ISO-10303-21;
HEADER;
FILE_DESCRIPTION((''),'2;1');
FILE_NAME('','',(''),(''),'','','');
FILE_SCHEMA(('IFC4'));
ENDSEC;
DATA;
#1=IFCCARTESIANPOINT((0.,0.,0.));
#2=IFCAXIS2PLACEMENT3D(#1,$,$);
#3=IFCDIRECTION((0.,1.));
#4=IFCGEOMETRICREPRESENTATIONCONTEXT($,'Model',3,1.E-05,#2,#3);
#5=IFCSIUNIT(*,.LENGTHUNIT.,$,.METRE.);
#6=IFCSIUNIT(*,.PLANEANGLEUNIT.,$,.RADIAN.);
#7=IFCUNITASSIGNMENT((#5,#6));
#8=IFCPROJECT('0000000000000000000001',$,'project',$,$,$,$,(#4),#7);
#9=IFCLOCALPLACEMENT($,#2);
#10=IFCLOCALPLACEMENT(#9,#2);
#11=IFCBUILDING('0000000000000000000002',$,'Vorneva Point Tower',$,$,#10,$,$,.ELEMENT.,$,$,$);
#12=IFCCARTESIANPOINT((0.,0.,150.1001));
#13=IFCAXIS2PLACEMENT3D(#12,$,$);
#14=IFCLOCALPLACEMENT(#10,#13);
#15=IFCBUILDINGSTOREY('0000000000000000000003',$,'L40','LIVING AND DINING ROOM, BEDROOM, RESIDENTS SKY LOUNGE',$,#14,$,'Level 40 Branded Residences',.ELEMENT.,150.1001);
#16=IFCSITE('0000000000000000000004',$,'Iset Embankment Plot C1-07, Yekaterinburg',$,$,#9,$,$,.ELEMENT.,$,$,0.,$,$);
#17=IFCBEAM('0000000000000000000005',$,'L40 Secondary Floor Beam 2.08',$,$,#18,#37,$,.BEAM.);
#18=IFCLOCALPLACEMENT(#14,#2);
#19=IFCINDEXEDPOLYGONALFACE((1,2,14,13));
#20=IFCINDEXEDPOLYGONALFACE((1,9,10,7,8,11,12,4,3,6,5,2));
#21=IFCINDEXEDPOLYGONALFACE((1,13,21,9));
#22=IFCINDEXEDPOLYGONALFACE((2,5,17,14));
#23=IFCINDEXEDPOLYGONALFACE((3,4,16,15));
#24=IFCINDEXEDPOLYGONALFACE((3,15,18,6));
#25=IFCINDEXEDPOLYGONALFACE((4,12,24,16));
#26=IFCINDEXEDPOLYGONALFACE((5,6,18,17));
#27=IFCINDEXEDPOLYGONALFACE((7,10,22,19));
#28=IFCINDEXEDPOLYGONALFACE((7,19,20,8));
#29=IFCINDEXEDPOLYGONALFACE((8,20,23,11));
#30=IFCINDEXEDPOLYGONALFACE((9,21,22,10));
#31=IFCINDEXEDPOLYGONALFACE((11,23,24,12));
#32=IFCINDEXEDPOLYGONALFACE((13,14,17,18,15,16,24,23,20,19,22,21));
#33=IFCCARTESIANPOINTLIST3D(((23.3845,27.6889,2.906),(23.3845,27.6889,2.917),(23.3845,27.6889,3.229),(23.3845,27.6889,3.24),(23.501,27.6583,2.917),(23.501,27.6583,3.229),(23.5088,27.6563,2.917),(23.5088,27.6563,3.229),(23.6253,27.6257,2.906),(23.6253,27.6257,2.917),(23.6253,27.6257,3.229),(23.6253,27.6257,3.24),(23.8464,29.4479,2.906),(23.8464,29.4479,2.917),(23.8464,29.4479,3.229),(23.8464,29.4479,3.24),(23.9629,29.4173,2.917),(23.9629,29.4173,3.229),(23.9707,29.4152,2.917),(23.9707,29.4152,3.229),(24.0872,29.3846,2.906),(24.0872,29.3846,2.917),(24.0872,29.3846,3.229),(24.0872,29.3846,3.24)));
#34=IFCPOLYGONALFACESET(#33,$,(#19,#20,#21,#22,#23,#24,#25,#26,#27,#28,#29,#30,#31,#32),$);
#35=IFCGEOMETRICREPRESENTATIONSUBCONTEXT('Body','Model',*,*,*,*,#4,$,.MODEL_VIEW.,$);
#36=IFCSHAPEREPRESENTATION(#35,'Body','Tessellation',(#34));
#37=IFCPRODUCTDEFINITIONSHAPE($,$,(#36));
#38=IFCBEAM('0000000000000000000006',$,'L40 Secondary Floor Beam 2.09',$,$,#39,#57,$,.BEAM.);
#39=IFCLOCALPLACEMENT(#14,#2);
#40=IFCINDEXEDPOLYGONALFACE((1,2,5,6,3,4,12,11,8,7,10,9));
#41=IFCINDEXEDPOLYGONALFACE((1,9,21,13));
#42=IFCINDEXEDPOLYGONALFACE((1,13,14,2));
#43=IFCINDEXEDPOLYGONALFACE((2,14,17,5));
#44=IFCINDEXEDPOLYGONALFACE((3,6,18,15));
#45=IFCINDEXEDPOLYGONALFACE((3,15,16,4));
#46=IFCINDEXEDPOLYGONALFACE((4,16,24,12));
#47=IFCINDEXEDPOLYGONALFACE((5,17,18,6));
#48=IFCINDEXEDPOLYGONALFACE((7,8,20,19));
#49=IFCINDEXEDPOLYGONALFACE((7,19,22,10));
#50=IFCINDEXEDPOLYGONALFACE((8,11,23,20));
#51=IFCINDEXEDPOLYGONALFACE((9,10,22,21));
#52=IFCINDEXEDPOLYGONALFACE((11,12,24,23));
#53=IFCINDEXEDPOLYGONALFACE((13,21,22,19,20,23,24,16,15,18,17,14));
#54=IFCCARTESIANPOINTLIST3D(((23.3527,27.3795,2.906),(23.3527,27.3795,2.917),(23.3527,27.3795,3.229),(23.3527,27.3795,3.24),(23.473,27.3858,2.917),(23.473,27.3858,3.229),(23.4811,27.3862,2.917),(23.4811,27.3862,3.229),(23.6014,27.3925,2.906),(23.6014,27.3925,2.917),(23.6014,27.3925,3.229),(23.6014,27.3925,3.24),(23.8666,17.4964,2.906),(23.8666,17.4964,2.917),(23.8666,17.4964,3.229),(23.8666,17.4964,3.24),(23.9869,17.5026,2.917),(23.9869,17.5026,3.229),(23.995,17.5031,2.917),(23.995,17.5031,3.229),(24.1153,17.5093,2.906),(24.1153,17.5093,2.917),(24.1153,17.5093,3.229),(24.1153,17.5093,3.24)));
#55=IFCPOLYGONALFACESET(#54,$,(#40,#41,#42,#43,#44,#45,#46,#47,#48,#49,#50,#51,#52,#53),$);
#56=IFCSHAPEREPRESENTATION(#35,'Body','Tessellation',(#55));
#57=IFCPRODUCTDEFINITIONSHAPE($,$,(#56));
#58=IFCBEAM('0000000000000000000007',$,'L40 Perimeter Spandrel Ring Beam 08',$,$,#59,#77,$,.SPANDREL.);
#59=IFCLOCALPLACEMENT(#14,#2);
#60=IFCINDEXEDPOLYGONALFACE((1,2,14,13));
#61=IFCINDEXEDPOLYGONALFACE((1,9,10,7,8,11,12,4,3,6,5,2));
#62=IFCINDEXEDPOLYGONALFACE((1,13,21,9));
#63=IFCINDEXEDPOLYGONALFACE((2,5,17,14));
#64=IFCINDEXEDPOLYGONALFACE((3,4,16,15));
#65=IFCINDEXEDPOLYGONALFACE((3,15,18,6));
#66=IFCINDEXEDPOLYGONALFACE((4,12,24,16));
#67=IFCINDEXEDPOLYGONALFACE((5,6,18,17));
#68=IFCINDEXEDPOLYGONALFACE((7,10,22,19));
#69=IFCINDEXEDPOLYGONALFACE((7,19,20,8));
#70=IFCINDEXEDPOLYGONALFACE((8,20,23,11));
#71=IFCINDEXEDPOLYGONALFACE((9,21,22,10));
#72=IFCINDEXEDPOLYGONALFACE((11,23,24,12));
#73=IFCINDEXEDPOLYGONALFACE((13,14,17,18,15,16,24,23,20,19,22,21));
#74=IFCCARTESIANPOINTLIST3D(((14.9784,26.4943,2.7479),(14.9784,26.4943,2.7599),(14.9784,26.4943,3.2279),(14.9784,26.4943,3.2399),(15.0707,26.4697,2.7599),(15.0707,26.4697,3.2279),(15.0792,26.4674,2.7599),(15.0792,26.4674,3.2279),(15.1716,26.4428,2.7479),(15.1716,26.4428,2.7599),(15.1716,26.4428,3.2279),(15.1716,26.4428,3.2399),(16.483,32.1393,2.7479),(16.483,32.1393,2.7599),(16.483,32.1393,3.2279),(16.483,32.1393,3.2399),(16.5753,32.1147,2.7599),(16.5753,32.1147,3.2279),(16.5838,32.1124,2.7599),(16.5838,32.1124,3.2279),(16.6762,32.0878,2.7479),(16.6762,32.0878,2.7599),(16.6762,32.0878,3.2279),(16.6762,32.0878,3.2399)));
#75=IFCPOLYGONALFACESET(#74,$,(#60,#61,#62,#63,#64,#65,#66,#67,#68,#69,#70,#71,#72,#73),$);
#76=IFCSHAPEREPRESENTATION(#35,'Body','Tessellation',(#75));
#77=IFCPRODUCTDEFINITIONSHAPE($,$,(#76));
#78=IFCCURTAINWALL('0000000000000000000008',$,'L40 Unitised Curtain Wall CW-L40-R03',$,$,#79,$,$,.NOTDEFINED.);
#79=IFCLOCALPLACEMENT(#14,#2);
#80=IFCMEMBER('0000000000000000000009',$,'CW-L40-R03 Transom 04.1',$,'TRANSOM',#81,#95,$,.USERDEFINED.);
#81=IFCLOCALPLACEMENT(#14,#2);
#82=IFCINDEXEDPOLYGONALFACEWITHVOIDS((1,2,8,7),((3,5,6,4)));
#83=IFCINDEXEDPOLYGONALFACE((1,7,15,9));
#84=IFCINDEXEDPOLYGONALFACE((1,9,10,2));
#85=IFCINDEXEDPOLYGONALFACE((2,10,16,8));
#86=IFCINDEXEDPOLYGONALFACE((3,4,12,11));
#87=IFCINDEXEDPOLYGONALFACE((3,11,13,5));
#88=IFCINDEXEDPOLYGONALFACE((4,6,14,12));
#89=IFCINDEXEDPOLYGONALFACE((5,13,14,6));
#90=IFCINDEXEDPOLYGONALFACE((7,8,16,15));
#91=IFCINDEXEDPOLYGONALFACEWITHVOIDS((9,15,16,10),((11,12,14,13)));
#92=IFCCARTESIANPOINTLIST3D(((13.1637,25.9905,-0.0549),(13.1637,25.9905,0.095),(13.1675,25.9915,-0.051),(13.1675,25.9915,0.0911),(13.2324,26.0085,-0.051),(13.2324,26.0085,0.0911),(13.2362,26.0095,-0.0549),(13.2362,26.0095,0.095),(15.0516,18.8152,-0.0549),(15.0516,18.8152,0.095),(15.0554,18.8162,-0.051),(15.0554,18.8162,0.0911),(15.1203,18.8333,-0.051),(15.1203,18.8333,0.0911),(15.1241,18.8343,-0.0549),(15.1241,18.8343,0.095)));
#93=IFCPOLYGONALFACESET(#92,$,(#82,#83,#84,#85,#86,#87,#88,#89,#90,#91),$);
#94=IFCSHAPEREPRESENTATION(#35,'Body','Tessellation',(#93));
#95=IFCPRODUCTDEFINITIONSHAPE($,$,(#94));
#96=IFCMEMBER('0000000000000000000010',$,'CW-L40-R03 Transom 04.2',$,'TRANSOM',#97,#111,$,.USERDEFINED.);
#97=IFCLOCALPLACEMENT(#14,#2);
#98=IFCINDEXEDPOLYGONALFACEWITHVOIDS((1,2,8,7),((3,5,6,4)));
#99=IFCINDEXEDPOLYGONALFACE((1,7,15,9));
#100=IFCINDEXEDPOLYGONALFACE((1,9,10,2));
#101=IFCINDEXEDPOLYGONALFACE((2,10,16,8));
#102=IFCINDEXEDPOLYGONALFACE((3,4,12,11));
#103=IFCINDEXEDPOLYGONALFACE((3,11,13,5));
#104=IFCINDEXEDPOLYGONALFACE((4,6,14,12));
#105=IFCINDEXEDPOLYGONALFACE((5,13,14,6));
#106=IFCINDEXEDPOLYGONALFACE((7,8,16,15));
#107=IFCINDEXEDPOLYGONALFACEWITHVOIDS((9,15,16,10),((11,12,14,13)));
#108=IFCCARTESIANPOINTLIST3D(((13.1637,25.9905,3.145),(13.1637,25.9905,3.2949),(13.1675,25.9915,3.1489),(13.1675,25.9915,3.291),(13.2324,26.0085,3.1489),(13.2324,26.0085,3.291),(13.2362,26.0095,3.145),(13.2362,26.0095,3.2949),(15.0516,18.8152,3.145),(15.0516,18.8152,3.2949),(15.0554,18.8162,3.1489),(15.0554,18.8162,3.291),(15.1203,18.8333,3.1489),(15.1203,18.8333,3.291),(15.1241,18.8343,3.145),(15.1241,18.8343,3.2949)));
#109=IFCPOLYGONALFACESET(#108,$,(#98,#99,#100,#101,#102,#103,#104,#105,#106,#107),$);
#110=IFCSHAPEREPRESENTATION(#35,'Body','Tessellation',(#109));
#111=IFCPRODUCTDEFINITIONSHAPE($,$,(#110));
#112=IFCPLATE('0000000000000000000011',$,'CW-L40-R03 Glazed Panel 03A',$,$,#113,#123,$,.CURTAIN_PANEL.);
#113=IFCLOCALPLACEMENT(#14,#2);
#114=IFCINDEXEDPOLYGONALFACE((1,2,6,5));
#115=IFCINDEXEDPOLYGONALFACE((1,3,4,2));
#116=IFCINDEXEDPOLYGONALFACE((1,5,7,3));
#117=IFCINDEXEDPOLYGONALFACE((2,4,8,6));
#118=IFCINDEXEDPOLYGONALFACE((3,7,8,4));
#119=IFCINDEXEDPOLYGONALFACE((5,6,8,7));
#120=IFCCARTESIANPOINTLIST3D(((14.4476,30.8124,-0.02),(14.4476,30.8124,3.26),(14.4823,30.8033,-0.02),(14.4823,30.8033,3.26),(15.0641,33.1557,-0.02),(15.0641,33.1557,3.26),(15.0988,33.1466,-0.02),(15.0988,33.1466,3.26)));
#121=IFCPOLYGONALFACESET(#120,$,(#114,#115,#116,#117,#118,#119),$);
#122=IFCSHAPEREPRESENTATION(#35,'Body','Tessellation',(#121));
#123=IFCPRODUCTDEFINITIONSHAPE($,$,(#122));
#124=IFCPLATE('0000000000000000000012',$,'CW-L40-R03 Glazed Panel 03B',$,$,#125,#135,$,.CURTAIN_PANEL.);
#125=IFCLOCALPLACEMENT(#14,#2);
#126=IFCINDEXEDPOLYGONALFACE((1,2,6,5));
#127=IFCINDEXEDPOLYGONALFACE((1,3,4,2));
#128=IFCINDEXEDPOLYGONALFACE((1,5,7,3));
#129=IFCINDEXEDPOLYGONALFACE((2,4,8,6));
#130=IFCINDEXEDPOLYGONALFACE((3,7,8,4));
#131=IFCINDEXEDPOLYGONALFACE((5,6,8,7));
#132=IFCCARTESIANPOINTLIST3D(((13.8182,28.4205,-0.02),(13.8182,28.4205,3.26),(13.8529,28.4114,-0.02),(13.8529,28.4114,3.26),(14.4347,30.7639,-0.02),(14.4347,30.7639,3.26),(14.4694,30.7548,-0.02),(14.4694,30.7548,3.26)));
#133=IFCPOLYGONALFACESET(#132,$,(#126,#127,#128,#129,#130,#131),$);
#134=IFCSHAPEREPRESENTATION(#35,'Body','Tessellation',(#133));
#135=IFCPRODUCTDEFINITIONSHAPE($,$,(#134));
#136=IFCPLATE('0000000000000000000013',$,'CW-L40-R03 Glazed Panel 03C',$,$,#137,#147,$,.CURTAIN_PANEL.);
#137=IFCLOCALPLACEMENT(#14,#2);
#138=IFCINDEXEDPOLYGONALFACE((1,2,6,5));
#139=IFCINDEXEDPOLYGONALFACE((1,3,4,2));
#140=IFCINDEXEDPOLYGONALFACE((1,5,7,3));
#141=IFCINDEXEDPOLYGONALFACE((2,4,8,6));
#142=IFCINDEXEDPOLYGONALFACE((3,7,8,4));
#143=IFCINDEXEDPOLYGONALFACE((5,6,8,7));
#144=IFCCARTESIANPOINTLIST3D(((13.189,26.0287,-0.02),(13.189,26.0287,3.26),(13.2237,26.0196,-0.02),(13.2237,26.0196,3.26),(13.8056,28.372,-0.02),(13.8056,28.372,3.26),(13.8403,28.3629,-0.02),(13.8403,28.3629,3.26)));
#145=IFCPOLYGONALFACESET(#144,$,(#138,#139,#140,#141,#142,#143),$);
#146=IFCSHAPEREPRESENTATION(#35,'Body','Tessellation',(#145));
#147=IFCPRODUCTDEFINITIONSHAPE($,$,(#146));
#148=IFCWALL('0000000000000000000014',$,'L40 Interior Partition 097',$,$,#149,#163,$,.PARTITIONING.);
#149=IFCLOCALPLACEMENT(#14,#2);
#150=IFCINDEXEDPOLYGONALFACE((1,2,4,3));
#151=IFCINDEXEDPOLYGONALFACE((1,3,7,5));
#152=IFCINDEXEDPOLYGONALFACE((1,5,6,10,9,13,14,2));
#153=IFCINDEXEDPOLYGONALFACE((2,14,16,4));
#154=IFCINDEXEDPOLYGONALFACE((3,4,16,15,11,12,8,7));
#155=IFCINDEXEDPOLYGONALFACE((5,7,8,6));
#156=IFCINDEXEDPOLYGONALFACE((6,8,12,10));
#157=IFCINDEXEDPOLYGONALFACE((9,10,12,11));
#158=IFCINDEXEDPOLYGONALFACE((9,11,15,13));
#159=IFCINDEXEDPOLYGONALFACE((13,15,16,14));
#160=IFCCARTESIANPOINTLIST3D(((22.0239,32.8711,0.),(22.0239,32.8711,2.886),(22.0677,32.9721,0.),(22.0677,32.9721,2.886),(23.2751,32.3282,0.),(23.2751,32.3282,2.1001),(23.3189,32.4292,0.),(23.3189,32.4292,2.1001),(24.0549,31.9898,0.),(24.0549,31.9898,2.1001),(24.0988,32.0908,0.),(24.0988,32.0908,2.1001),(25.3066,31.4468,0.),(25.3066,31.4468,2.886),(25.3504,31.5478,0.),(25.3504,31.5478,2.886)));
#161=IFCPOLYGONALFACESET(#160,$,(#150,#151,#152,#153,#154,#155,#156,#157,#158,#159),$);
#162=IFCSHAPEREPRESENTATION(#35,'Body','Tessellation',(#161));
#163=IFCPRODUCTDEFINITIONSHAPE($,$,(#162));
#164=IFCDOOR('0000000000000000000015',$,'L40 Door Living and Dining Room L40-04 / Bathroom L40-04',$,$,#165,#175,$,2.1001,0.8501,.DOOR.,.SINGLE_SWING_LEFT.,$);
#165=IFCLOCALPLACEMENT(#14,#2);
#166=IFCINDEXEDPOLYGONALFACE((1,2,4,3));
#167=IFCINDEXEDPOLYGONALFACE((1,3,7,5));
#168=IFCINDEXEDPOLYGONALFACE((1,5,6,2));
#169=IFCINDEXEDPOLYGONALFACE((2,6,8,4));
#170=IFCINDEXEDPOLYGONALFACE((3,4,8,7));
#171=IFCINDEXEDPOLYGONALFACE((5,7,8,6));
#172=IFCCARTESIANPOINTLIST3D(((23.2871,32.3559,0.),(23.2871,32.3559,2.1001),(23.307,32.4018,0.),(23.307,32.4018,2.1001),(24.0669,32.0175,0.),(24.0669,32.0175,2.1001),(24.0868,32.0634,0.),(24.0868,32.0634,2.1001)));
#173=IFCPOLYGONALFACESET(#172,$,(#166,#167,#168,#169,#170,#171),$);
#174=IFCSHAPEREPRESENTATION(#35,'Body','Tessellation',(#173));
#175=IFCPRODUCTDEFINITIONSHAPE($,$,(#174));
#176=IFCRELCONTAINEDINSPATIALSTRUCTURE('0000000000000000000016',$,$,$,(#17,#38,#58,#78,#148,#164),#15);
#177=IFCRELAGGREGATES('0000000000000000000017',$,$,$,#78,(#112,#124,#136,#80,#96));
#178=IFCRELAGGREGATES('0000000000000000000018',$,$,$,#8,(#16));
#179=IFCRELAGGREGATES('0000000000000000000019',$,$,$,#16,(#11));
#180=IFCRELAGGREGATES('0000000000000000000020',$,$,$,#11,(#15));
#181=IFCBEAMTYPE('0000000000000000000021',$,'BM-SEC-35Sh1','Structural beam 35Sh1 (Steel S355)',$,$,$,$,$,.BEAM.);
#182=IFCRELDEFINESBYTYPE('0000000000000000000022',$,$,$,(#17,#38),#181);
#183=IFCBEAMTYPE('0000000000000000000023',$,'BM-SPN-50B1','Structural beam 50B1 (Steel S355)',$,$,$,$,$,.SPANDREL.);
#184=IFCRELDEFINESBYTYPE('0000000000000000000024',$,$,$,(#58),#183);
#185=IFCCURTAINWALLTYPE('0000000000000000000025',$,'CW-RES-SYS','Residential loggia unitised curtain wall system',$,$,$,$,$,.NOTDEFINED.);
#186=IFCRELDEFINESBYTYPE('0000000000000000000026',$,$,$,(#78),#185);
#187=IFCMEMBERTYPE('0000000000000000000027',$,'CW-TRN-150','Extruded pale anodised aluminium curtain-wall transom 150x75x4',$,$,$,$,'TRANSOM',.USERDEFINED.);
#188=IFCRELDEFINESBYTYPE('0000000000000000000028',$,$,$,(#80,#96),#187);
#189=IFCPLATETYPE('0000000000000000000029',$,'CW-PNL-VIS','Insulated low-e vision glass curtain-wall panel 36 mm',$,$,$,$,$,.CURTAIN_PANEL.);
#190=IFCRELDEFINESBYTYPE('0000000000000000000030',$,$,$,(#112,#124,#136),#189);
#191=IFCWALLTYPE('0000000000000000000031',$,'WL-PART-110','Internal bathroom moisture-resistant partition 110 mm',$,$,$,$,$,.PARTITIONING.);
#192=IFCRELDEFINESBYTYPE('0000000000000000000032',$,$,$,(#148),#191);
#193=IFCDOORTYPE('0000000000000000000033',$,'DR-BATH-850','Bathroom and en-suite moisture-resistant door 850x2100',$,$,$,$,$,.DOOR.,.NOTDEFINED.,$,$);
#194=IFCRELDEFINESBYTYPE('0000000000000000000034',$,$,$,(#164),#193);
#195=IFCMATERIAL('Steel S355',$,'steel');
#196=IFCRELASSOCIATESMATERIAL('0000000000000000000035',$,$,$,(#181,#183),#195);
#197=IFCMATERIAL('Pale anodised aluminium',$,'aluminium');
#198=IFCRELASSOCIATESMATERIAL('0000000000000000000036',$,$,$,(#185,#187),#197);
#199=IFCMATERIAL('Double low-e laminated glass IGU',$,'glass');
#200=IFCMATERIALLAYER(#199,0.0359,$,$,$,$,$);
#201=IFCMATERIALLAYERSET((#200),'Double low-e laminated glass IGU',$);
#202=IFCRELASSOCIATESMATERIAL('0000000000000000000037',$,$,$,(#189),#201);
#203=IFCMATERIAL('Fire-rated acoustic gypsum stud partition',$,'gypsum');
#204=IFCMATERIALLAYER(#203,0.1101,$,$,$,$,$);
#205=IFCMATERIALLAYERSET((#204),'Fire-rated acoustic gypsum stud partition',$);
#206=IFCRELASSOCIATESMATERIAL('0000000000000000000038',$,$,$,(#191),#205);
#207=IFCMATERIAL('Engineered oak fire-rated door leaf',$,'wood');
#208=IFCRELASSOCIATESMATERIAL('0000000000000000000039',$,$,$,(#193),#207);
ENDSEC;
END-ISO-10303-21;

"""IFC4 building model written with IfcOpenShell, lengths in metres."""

from ifc_helpers import new_model, si_unit, direction, frame, frame_2d, origin, origin_2d, place, context, subcontext, project, spatial, rectangle, hollow_rectangle, i_section, extrude, material, layer, layer_set, material_profile, profile_set, type_object, element, fill, aggregate, save


model = new_model("IFC4")

# Units and contexts
model_context = context("Model", 3, precision=1e-05, world=origin(), true_north=direction((0.0, 1.0)))
body_context = subcontext(model_context, "Body", "Model", "MODEL_VIEW")
ifc_project = project(units=[si_unit("LENGTHUNIT", "METRE"), si_unit("PLANEANGLEUNIT", "RADIAN")], contexts=[model_context])

# Site, building, storey
site_placement = place(None, origin())
site = spatial("IfcSite", under=ifc_project, at=site_placement, Name="Iset Embankment Plot C1-07, Yekaterinburg", CompositionType="ELEMENT", RefElevation=0.0)
building_placement = place(site_placement, origin())
building = spatial("IfcBuilding", under=site, at=building_placement, Name="Vorneva Point Tower", CompositionType="ELEMENT")
storey_placement = place(building_placement, frame((0.0, 0.0, 150.1001)))
storey = spatial("IfcBuildingStorey", under=building, at=storey_placement, Name="L40", Description="LIVING AND DINING ROOM, BEDROOM, RESIDENTS SKY LOUNGE", LongName="Level 40 Branded Residences", CompositionType="ELEMENT", Elevation=150.1001)

# Beams
ifc_material_1 = material(Name="Steel S355", Category="steel")
ifc_material_profile_1 = material_profile(ifc_material_1, i_section(OverallWidth=0.249, OverallDepth=0.334, WebThickness=0.0081, FlangeThickness=0.011, at=origin_2d()), Name="35Sh1")
ifc_profile_set_1 = profile_set([ifc_material_profile_1], Name="Steel S355")
beam_type_1 = type_object("IfcBeamType", Name="BM-SEC-35Sh1", Description="Structural beam 35Sh1 (Steel S355)", PredefinedType="BEAM", material=ifc_profile_set_1)
beam_1_placement = place(storey_placement, frame((23.9668, 29.4163, 3.073), z_axis=(-0.253984, -0.967208, 0.0), x_axis=(0.967208, -0.253984, 0.0)))
element("IfcBeam", 1, at=beam_1_placement, inside=storey, type_object=beam_type_1, Name="L40 Secondary Floor Beam 2.08", PredefinedType="BEAM", context=body_context, shape_type="SweptSolid", body=[
    extrude(i_section(OverallWidth=0.249, OverallDepth=0.334, WebThickness=0.0081, FlangeThickness=0.011, at=origin_2d()), origin(), (0.0, 0.0, 1.0), 1.8186),
])
beam_2_placement = place(storey_placement, frame((23.4771, 27.386, 3.073), z_axis=(0.05193, -0.998651, 0.0), x_axis=(0.998651, 0.05193, 0.0)))
element("IfcBeam", 2, at=beam_2_placement, inside=storey, type_object=beam_type_1, Name="L40 Secondary Floor Beam 2.09", PredefinedType="BEAM", context=body_context, shape_type="SweptSolid", body=[
    extrude(i_section(OverallWidth=0.249, OverallDepth=0.334, WebThickness=0.0081, FlangeThickness=0.011, at=origin_2d()), origin(), (0.0, 0.0, 1.0), 9.8965),
])
ifc_material_profile_2 = material_profile(ifc_material_1, i_section(OverallWidth=0.2, OverallDepth=0.4919, WebThickness=0.0088, FlangeThickness=0.012, at=origin_2d()), Name="50B1")
ifc_profile_set_2 = profile_set([ifc_material_profile_2], Name="Steel S355")
beam_type_2 = type_object("IfcBeamType", Name="BM-SPN-50B1", Description="Structural beam 50B1 (Steel S355)", PredefinedType="SPANDREL", material=ifc_profile_set_2)
beam_3_placement = place(storey_placement, frame((16.5796, 32.1135, 2.9939), z_axis=(-0.257551, -0.966265, 0.0), x_axis=(0.966265, -0.257551, 0.0)))
element("IfcBeam", 3, at=beam_3_placement, inside=storey, type_object=beam_type_2, Name="L40 Perimeter Spandrel Ring Beam 08", PredefinedType="SPANDREL", context=body_context, shape_type="SweptSolid", body=[
    extrude(i_section(OverallWidth=0.2, OverallDepth=0.4919, WebThickness=0.0088, FlangeThickness=0.012, at=origin_2d()), origin(), (0.0, 0.0, 1.0), 5.842),
])

# Curtain wall, members, plates
ifc_material_2 = material(Name="Pale anodised aluminium", Category="aluminium")
curtain_wall_type = type_object("IfcCurtainWallType", Name="CW-RES-SYS", Description="Residential loggia unitised curtain wall system", PredefinedType="NOTDEFINED", material=ifc_material_2)
curtain_wall_placement = place(storey_placement, origin())
curtain_wall = element("IfcCurtainWall", 4, at=curtain_wall_placement, inside=storey, type_object=curtain_wall_type, Name="L40 Unitised Curtain Wall CW-L40-R03", PredefinedType="NOTDEFINED")
ifc_material_profile_3 = material_profile(ifc_material_2, hollow_rectangle(XDim=0.075, YDim=0.1499, WallThickness=0.0039, at=origin_2d()), Name="AL-TRN 150x75x4")
ifc_profile_set_3 = profile_set([ifc_material_profile_3], Name="Pale anodised aluminium")
member_type = type_object("IfcMemberType", Name="CW-TRN-150", Description="Extruded pale anodised aluminium curtain-wall transom 150x75x4", ElementType="TRANSOM", PredefinedType="USERDEFINED", material=ifc_profile_set_3)
member_1_placement = place(storey_placement, frame((13.2, 26.0, 0.02), z_axis=(0.254456, -0.967084, 0.0), x_axis=(0.967084, 0.254456, 0.0)))
member_1 = element("IfcMember", 5, at=member_1_placement, type_object=member_type, Name="CW-L40-R03 Transom 04.1", ObjectType="TRANSOM", PredefinedType="USERDEFINED", context=body_context, shape_type="SweptSolid", body=[
    extrude(hollow_rectangle(XDim=0.075, YDim=0.1499, WallThickness=0.0039, at=origin_2d()), origin(), (0.0, 0.0, 1.0), 7.4194),
])
member_2_placement = place(storey_placement, frame((13.2, 26.0, 3.22), z_axis=(0.254456, -0.967084, 0.0), x_axis=(0.967084, 0.254456, 0.0)))
member_2 = element("IfcMember", 6, at=member_2_placement, type_object=member_type, Name="CW-L40-R03 Transom 04.2", ObjectType="TRANSOM", PredefinedType="USERDEFINED", context=body_context, shape_type="SweptSolid", body=[
    extrude(hollow_rectangle(XDim=0.075, YDim=0.1499, WallThickness=0.0039, at=origin_2d()), origin(), (0.0, 0.0, 1.0), 7.4194),
])
ifc_material_3 = material(Name="Double low-e laminated glass IGU", Category="glass")
ifc_layer_1 = layer(ifc_material_3, 0.0359)
ifc_layer_set_1 = layer_set([ifc_layer_1], Name="Double low-e laminated glass IGU")
plate_type = type_object("IfcPlateType", Name="CW-PNL-VIS", Description="Insulated low-e vision glass curtain-wall panel 36 mm", PredefinedType="CURTAIN_PANEL", material=ifc_layer_set_1)
plate_1_placement = place(storey_placement, frame((14.7732, 31.9795, -0.02), z_axis=(0.0, 0.0, 1.0), x_axis=(-0.254433, -0.96709, 0.0)))
plate_1 = element("IfcPlate", 7, at=plate_1_placement, type_object=plate_type, Name="CW-L40-R03 Glazed Panel 03A", PredefinedType="CURTAIN_PANEL", context=body_context, shape_type="SweptSolid", body=[
    extrude(rectangle(XDim=2.4231, YDim=0.0359, at=origin_2d()), origin(), (0.0, 0.0, 1.0), 3.28),
])
plate_2_placement = place(storey_placement, frame((14.1438, 29.5876, -0.02), z_axis=(0.0, 0.0, 1.0), x_axis=(-0.254433, -0.96709, 0.0)))
plate_2 = element("IfcPlate", 8, at=plate_2_placement, type_object=plate_type, Name="CW-L40-R03 Glazed Panel 03B", PredefinedType="CURTAIN_PANEL", context=body_context, shape_type="SweptSolid", body=[
    extrude(rectangle(XDim=2.4231, YDim=0.0359, at=origin_2d()), origin(), (0.0, 0.0, 1.0), 3.28),
])
plate_3_placement = place(storey_placement, frame((13.5146, 27.1958, -0.02), z_axis=(0.0, 0.0, 1.0), x_axis=(-0.254433, -0.96709, 0.0)))
plate_3 = element("IfcPlate", 9, at=plate_3_placement, type_object=plate_type, Name="CW-L40-R03 Glazed Panel 03C", PredefinedType="CURTAIN_PANEL", context=body_context, shape_type="SweptSolid", body=[
    extrude(rectangle(XDim=2.4231, YDim=0.0359, at=origin_2d()), origin(), (0.0, 0.0, 1.0), 3.28),
])
aggregate(curtain_wall, [plate_1, plate_2, plate_3, member_1, member_2])

# Wall, opening, door
ifc_material_4 = material(Name="Fire-rated acoustic gypsum stud partition", Category="gypsum")
ifc_layer_2 = layer(ifc_material_4, 0.1101)
ifc_layer_set_2 = layer_set([ifc_layer_2], Name="Fire-rated acoustic gypsum stud partition")
wall_type_1 = type_object("IfcWallType", Name="WL-PART-110", Description="Internal bathroom moisture-resistant partition 110 mm", PredefinedType="PARTITIONING", material=ifc_layer_set_2)
wall_1_placement = place(storey_placement, frame((25.3284, 31.4973, 0.0), z_axis=(0.0, 0.0, 1.0), x_axis=(-0.917371, 0.398032, 0.0)))
wall_1 = element("IfcWall", 10, at=wall_1_placement, inside=storey, type_object=wall_type_1, Name="L40 Interior Partition 097", PredefinedType="PARTITIONING", context=body_context, shape_type="SweptSolid", body=[
    extrude(rectangle(XDim=3.5784, YDim=0.1101, at=frame_2d((1.7891, 0.0))), origin(), (0.0, 0.0, 1.0), 2.886),
])
opening_1_placement = place(wall_1_placement, frame((1.3643, 0.0, 0.0)))
opening_1 = element("IfcOpeningElement", 11, at=opening_1_placement, cuts=wall_1, PredefinedType="OPENING", context=body_context, shape_type="SweptSolid", body=[
    extrude(rectangle(XDim=0.8501, YDim=2.1001, at=frame_2d((0.425, 1.05))), frame((0.0, 0.0698, 0.0), z_axis=(0.0, -1.0, 0.0), x_axis=(1.0, 0.0, 0.0)), (0.0, 0.0, 1.0), 0.1399),
])
ifc_material_5 = material(Name="Engineered oak fire-rated door leaf", Category="wood")
door_type_1 = type_object("IfcDoorType", Name="DR-BATH-850", Description="Bathroom and en-suite moisture-resistant door 850x2100", OperationType="NOTDEFINED", PredefinedType="DOOR", material=ifc_material_5)
door_1_placement = place(opening_1_placement, origin())
door_1 = element("IfcDoor", 12, at=door_1_placement, inside=storey, type_object=door_type_1, Name="L40 Door Living and Dining Room L40-04 / Bathroom L40-04", OperationType="SINGLE_SWING_LEFT", OverallHeight=2.1001, OverallWidth=0.8501, PredefinedType="DOOR", context=body_context, shape_type="SweptSolid", body=[
    extrude(rectangle(XDim=0.8501, YDim=2.1001, at=frame_2d((0.425, 1.05))), frame((0.0, 0.0249, 0.0), z_axis=(0.0, -1.0, 0.0), x_axis=(1.0, 0.0, 0.0)), (0.0, 0.0, 1.0), 0.05),
])
fill(opening_1, door_1)

save(model, "model.ifc")
